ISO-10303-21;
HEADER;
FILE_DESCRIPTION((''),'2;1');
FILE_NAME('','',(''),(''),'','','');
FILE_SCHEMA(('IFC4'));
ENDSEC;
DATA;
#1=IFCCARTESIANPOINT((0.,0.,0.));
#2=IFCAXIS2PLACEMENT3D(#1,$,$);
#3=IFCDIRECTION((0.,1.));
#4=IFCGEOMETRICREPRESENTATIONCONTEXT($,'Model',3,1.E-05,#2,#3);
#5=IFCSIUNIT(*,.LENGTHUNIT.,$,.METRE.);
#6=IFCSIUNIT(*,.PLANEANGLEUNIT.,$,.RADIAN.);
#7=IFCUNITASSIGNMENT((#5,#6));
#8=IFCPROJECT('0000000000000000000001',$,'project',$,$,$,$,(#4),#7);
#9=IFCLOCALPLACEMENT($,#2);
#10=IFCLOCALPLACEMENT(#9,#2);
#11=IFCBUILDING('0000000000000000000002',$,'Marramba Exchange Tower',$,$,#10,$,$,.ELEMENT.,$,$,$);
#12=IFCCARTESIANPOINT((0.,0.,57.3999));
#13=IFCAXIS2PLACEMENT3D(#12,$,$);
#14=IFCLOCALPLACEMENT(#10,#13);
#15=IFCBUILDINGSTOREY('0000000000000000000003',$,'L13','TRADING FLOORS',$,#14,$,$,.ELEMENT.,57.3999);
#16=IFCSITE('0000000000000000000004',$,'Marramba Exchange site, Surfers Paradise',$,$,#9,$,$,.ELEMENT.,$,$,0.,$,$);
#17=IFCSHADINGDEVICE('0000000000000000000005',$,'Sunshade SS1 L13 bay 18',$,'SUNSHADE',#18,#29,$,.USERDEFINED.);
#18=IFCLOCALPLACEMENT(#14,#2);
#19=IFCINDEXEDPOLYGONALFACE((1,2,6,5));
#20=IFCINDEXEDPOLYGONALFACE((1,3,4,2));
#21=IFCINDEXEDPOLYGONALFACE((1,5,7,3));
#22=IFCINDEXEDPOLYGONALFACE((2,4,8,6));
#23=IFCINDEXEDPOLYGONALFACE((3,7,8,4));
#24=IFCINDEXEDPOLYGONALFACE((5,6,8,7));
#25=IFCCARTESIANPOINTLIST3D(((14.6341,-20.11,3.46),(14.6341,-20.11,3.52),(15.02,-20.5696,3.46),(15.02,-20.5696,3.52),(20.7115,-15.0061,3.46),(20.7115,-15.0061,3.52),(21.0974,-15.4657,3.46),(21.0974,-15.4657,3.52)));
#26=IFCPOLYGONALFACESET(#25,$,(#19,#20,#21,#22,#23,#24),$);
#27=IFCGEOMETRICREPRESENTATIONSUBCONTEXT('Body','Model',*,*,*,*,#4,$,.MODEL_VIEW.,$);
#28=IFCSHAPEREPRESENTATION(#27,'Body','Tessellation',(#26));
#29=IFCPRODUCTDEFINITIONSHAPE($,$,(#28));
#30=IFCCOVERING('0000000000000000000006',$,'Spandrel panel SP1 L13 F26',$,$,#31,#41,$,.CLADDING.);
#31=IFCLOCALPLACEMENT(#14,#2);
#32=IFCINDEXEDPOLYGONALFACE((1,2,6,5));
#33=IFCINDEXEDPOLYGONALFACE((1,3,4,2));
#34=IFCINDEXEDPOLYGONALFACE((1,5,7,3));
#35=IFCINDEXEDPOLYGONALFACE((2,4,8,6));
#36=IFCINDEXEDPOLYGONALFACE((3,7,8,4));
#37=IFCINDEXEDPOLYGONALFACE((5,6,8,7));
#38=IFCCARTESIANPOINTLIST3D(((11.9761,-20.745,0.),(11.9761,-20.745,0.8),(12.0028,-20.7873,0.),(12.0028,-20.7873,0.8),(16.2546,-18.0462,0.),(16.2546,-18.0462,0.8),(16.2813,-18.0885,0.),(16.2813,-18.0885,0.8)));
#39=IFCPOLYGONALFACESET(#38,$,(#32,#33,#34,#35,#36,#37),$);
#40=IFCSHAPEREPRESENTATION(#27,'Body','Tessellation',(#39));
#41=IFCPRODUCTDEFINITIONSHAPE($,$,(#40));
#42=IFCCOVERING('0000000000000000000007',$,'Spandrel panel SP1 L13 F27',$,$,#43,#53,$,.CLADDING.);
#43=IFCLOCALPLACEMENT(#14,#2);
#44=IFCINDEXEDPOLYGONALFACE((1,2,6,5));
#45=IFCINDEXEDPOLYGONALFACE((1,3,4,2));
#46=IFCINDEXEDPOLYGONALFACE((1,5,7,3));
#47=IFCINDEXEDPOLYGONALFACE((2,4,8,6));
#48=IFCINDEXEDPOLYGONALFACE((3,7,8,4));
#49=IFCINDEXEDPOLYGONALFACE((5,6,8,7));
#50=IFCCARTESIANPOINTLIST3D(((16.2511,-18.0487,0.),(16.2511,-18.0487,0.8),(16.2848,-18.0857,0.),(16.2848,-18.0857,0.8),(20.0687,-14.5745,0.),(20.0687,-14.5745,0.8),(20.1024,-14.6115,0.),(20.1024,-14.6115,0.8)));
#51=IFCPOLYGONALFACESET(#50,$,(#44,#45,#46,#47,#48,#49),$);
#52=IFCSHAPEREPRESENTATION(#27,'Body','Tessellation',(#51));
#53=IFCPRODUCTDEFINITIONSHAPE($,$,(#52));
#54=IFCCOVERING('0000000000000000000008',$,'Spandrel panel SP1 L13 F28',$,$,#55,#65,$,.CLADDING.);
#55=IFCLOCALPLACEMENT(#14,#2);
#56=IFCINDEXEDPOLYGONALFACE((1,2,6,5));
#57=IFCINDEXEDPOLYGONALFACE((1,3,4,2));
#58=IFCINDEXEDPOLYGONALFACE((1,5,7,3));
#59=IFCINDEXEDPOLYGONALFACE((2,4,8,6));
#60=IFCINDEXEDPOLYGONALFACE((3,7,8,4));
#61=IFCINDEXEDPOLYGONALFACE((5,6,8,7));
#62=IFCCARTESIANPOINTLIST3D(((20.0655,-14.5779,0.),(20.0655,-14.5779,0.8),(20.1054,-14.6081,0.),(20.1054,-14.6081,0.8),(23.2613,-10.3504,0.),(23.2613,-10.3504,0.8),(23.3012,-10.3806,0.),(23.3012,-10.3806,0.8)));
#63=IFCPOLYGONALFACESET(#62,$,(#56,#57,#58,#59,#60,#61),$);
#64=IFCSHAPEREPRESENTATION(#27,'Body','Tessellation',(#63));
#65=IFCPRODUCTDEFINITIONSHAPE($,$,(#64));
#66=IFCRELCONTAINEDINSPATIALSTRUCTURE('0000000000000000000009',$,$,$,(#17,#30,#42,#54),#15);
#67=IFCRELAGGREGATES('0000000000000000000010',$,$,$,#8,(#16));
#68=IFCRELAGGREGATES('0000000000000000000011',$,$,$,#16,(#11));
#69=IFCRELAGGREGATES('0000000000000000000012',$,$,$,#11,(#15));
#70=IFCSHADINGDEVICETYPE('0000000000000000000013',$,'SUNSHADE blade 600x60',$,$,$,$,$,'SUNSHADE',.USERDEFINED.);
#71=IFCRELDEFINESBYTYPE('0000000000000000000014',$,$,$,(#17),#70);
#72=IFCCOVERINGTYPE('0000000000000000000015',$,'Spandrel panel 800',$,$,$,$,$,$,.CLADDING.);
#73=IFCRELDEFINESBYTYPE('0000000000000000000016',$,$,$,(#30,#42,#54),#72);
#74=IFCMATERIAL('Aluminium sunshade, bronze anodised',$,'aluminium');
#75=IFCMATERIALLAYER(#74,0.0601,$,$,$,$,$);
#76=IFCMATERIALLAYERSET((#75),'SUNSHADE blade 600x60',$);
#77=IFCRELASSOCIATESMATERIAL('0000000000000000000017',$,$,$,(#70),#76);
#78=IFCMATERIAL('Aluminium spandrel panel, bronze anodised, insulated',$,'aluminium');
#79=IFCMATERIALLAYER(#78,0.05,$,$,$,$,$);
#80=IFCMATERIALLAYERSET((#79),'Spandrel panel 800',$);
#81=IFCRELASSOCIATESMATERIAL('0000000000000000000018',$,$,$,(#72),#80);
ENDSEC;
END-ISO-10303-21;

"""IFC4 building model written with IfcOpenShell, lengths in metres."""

from ifc_helpers import new_model, si_unit, direction, frame, origin, origin_2d, place, context, subcontext, project, spatial, rectangle, extrude, material, layer, layer_set, type_object, element, save


model = new_model("IFC4")

# Units and contexts
model_context = context("Model", 3, precision=1e-05, world=origin(), true_north=direction((0.0, 1.0)))
body_context = subcontext(model_context, "Body", "Model", "MODEL_VIEW")
ifc_project = project(units=[si_unit("LENGTHUNIT", "METRE"), si_unit("PLANEANGLEUNIT", "RADIAN")], contexts=[model_context])

# Site, building, storey
site_placement = place(None, origin())
site = spatial("IfcSite", under=ifc_project, at=site_placement, Name="Marramba Exchange site, Surfers Paradise", CompositionType="ELEMENT", RefElevation=0.0)
building_placement = place(site_placement, origin())
building = spatial("IfcBuilding", under=site, at=building_placement, Name="Marramba Exchange Tower", CompositionType="ELEMENT")
storey_placement = place(building_placement, frame((0.0, 0.0, 57.3999)))
storey = spatial("IfcBuildingStorey", under=building, at=storey_placement, Name="L13", Description="TRADING FLOORS", CompositionType="ELEMENT", Elevation=57.3999)

# Shading device
ifc_material_1 = material(Name="Aluminium sunshade, bronze anodised", Category="aluminium")
ifc_layer_1 = layer(ifc_material_1, 0.0601)
ifc_layer_set_1 = layer_set([ifc_layer_1], Name="SUNSHADE blade 600x60")
shading_device_type_1 = type_object("IfcShadingDeviceType", Name="SUNSHADE blade 600x60", ElementType="SUNSHADE", PredefinedType="USERDEFINED", material=ifc_layer_set_1)
shading_device_1_placement = place(storey_placement, frame((17.8657, -17.7878, 3.46), z_axis=(0.0, 0.0, 1.0), x_axis=(0.765776, 0.643107, 0.0)))
element("IfcShadingDevice", 1, at=shading_device_1_placement, inside=storey, type_object=shading_device_type_1, Name="Sunshade SS1 L13 bay 18", ObjectType="SUNSHADE", PredefinedType="USERDEFINED", context=body_context, shape_type="SweptSolid", body=[
    extrude(rectangle(XDim=7.9363, YDim=0.6001, at=origin_2d()), origin(), (0.0, 0.0, 1.0), 0.0601),
])

# Coverings
ifc_material_2 = material(Name="Aluminium spandrel panel, bronze anodised, insulated", Category="aluminium")
ifc_layer_2 = layer(ifc_material_2, 0.05)
ifc_layer_set_2 = layer_set([ifc_layer_2], Name="Spandrel panel 800")
covering_type = type_object("IfcCoveringType", Name="Spandrel panel 800", PredefinedType="CLADDING", material=ifc_layer_set_2)
covering_1_placement = place(storey_placement, frame((14.1287, -19.4167, 0.0), z_axis=(0.0, 0.0, 1.0), x_axis=(0.845791, 0.533515, 0.0)))
element("IfcCovering", 2, at=covering_1_placement, inside=storey, type_object=covering_type, Name="Spandrel panel SP1 L13 F26", PredefinedType="CLADDING", context=body_context, shape_type="SweptSolid", body=[
    extrude(rectangle(XDim=5.0586, YDim=0.05, at=origin_2d()), origin(), (0.0, 0.0, 1.0), 0.8),
])
covering_2_placement = place(storey_placement, frame((18.1768, -16.3301, 0.0), z_axis=(0.0, 0.0, 1.0), x_axis=(0.73959, 0.673058, 0.0)))
element("IfcCovering", 3, at=covering_2_placement, inside=storey, type_object=covering_type, Name="Spandrel panel SP1 L13 F27", PredefinedType="CLADDING", context=body_context, shape_type="SweptSolid", body=[
    extrude(rectangle(XDim=5.1619, YDim=0.05, at=origin_2d()), origin(), (0.0, 0.0, 1.0), 0.8),
])
covering_3_placement = place(storey_placement, frame((21.6833, -12.4792, 0.0), z_axis=(0.0, 0.0, 1.0), x_axis=(0.60304, 0.797711, 0.0)))
element("IfcCovering", 4, at=covering_3_placement, inside=storey, type_object=covering_type, Name="Spandrel panel SP1 L13 F28", PredefinedType="CLADDING", context=body_context, shape_type="SweptSolid", body=[
    extrude(rectangle(XDim=5.2996, YDim=0.05, at=origin_2d()), origin(), (0.0, 0.0, 1.0), 0.8),
])

save(model, "model.ifc")
